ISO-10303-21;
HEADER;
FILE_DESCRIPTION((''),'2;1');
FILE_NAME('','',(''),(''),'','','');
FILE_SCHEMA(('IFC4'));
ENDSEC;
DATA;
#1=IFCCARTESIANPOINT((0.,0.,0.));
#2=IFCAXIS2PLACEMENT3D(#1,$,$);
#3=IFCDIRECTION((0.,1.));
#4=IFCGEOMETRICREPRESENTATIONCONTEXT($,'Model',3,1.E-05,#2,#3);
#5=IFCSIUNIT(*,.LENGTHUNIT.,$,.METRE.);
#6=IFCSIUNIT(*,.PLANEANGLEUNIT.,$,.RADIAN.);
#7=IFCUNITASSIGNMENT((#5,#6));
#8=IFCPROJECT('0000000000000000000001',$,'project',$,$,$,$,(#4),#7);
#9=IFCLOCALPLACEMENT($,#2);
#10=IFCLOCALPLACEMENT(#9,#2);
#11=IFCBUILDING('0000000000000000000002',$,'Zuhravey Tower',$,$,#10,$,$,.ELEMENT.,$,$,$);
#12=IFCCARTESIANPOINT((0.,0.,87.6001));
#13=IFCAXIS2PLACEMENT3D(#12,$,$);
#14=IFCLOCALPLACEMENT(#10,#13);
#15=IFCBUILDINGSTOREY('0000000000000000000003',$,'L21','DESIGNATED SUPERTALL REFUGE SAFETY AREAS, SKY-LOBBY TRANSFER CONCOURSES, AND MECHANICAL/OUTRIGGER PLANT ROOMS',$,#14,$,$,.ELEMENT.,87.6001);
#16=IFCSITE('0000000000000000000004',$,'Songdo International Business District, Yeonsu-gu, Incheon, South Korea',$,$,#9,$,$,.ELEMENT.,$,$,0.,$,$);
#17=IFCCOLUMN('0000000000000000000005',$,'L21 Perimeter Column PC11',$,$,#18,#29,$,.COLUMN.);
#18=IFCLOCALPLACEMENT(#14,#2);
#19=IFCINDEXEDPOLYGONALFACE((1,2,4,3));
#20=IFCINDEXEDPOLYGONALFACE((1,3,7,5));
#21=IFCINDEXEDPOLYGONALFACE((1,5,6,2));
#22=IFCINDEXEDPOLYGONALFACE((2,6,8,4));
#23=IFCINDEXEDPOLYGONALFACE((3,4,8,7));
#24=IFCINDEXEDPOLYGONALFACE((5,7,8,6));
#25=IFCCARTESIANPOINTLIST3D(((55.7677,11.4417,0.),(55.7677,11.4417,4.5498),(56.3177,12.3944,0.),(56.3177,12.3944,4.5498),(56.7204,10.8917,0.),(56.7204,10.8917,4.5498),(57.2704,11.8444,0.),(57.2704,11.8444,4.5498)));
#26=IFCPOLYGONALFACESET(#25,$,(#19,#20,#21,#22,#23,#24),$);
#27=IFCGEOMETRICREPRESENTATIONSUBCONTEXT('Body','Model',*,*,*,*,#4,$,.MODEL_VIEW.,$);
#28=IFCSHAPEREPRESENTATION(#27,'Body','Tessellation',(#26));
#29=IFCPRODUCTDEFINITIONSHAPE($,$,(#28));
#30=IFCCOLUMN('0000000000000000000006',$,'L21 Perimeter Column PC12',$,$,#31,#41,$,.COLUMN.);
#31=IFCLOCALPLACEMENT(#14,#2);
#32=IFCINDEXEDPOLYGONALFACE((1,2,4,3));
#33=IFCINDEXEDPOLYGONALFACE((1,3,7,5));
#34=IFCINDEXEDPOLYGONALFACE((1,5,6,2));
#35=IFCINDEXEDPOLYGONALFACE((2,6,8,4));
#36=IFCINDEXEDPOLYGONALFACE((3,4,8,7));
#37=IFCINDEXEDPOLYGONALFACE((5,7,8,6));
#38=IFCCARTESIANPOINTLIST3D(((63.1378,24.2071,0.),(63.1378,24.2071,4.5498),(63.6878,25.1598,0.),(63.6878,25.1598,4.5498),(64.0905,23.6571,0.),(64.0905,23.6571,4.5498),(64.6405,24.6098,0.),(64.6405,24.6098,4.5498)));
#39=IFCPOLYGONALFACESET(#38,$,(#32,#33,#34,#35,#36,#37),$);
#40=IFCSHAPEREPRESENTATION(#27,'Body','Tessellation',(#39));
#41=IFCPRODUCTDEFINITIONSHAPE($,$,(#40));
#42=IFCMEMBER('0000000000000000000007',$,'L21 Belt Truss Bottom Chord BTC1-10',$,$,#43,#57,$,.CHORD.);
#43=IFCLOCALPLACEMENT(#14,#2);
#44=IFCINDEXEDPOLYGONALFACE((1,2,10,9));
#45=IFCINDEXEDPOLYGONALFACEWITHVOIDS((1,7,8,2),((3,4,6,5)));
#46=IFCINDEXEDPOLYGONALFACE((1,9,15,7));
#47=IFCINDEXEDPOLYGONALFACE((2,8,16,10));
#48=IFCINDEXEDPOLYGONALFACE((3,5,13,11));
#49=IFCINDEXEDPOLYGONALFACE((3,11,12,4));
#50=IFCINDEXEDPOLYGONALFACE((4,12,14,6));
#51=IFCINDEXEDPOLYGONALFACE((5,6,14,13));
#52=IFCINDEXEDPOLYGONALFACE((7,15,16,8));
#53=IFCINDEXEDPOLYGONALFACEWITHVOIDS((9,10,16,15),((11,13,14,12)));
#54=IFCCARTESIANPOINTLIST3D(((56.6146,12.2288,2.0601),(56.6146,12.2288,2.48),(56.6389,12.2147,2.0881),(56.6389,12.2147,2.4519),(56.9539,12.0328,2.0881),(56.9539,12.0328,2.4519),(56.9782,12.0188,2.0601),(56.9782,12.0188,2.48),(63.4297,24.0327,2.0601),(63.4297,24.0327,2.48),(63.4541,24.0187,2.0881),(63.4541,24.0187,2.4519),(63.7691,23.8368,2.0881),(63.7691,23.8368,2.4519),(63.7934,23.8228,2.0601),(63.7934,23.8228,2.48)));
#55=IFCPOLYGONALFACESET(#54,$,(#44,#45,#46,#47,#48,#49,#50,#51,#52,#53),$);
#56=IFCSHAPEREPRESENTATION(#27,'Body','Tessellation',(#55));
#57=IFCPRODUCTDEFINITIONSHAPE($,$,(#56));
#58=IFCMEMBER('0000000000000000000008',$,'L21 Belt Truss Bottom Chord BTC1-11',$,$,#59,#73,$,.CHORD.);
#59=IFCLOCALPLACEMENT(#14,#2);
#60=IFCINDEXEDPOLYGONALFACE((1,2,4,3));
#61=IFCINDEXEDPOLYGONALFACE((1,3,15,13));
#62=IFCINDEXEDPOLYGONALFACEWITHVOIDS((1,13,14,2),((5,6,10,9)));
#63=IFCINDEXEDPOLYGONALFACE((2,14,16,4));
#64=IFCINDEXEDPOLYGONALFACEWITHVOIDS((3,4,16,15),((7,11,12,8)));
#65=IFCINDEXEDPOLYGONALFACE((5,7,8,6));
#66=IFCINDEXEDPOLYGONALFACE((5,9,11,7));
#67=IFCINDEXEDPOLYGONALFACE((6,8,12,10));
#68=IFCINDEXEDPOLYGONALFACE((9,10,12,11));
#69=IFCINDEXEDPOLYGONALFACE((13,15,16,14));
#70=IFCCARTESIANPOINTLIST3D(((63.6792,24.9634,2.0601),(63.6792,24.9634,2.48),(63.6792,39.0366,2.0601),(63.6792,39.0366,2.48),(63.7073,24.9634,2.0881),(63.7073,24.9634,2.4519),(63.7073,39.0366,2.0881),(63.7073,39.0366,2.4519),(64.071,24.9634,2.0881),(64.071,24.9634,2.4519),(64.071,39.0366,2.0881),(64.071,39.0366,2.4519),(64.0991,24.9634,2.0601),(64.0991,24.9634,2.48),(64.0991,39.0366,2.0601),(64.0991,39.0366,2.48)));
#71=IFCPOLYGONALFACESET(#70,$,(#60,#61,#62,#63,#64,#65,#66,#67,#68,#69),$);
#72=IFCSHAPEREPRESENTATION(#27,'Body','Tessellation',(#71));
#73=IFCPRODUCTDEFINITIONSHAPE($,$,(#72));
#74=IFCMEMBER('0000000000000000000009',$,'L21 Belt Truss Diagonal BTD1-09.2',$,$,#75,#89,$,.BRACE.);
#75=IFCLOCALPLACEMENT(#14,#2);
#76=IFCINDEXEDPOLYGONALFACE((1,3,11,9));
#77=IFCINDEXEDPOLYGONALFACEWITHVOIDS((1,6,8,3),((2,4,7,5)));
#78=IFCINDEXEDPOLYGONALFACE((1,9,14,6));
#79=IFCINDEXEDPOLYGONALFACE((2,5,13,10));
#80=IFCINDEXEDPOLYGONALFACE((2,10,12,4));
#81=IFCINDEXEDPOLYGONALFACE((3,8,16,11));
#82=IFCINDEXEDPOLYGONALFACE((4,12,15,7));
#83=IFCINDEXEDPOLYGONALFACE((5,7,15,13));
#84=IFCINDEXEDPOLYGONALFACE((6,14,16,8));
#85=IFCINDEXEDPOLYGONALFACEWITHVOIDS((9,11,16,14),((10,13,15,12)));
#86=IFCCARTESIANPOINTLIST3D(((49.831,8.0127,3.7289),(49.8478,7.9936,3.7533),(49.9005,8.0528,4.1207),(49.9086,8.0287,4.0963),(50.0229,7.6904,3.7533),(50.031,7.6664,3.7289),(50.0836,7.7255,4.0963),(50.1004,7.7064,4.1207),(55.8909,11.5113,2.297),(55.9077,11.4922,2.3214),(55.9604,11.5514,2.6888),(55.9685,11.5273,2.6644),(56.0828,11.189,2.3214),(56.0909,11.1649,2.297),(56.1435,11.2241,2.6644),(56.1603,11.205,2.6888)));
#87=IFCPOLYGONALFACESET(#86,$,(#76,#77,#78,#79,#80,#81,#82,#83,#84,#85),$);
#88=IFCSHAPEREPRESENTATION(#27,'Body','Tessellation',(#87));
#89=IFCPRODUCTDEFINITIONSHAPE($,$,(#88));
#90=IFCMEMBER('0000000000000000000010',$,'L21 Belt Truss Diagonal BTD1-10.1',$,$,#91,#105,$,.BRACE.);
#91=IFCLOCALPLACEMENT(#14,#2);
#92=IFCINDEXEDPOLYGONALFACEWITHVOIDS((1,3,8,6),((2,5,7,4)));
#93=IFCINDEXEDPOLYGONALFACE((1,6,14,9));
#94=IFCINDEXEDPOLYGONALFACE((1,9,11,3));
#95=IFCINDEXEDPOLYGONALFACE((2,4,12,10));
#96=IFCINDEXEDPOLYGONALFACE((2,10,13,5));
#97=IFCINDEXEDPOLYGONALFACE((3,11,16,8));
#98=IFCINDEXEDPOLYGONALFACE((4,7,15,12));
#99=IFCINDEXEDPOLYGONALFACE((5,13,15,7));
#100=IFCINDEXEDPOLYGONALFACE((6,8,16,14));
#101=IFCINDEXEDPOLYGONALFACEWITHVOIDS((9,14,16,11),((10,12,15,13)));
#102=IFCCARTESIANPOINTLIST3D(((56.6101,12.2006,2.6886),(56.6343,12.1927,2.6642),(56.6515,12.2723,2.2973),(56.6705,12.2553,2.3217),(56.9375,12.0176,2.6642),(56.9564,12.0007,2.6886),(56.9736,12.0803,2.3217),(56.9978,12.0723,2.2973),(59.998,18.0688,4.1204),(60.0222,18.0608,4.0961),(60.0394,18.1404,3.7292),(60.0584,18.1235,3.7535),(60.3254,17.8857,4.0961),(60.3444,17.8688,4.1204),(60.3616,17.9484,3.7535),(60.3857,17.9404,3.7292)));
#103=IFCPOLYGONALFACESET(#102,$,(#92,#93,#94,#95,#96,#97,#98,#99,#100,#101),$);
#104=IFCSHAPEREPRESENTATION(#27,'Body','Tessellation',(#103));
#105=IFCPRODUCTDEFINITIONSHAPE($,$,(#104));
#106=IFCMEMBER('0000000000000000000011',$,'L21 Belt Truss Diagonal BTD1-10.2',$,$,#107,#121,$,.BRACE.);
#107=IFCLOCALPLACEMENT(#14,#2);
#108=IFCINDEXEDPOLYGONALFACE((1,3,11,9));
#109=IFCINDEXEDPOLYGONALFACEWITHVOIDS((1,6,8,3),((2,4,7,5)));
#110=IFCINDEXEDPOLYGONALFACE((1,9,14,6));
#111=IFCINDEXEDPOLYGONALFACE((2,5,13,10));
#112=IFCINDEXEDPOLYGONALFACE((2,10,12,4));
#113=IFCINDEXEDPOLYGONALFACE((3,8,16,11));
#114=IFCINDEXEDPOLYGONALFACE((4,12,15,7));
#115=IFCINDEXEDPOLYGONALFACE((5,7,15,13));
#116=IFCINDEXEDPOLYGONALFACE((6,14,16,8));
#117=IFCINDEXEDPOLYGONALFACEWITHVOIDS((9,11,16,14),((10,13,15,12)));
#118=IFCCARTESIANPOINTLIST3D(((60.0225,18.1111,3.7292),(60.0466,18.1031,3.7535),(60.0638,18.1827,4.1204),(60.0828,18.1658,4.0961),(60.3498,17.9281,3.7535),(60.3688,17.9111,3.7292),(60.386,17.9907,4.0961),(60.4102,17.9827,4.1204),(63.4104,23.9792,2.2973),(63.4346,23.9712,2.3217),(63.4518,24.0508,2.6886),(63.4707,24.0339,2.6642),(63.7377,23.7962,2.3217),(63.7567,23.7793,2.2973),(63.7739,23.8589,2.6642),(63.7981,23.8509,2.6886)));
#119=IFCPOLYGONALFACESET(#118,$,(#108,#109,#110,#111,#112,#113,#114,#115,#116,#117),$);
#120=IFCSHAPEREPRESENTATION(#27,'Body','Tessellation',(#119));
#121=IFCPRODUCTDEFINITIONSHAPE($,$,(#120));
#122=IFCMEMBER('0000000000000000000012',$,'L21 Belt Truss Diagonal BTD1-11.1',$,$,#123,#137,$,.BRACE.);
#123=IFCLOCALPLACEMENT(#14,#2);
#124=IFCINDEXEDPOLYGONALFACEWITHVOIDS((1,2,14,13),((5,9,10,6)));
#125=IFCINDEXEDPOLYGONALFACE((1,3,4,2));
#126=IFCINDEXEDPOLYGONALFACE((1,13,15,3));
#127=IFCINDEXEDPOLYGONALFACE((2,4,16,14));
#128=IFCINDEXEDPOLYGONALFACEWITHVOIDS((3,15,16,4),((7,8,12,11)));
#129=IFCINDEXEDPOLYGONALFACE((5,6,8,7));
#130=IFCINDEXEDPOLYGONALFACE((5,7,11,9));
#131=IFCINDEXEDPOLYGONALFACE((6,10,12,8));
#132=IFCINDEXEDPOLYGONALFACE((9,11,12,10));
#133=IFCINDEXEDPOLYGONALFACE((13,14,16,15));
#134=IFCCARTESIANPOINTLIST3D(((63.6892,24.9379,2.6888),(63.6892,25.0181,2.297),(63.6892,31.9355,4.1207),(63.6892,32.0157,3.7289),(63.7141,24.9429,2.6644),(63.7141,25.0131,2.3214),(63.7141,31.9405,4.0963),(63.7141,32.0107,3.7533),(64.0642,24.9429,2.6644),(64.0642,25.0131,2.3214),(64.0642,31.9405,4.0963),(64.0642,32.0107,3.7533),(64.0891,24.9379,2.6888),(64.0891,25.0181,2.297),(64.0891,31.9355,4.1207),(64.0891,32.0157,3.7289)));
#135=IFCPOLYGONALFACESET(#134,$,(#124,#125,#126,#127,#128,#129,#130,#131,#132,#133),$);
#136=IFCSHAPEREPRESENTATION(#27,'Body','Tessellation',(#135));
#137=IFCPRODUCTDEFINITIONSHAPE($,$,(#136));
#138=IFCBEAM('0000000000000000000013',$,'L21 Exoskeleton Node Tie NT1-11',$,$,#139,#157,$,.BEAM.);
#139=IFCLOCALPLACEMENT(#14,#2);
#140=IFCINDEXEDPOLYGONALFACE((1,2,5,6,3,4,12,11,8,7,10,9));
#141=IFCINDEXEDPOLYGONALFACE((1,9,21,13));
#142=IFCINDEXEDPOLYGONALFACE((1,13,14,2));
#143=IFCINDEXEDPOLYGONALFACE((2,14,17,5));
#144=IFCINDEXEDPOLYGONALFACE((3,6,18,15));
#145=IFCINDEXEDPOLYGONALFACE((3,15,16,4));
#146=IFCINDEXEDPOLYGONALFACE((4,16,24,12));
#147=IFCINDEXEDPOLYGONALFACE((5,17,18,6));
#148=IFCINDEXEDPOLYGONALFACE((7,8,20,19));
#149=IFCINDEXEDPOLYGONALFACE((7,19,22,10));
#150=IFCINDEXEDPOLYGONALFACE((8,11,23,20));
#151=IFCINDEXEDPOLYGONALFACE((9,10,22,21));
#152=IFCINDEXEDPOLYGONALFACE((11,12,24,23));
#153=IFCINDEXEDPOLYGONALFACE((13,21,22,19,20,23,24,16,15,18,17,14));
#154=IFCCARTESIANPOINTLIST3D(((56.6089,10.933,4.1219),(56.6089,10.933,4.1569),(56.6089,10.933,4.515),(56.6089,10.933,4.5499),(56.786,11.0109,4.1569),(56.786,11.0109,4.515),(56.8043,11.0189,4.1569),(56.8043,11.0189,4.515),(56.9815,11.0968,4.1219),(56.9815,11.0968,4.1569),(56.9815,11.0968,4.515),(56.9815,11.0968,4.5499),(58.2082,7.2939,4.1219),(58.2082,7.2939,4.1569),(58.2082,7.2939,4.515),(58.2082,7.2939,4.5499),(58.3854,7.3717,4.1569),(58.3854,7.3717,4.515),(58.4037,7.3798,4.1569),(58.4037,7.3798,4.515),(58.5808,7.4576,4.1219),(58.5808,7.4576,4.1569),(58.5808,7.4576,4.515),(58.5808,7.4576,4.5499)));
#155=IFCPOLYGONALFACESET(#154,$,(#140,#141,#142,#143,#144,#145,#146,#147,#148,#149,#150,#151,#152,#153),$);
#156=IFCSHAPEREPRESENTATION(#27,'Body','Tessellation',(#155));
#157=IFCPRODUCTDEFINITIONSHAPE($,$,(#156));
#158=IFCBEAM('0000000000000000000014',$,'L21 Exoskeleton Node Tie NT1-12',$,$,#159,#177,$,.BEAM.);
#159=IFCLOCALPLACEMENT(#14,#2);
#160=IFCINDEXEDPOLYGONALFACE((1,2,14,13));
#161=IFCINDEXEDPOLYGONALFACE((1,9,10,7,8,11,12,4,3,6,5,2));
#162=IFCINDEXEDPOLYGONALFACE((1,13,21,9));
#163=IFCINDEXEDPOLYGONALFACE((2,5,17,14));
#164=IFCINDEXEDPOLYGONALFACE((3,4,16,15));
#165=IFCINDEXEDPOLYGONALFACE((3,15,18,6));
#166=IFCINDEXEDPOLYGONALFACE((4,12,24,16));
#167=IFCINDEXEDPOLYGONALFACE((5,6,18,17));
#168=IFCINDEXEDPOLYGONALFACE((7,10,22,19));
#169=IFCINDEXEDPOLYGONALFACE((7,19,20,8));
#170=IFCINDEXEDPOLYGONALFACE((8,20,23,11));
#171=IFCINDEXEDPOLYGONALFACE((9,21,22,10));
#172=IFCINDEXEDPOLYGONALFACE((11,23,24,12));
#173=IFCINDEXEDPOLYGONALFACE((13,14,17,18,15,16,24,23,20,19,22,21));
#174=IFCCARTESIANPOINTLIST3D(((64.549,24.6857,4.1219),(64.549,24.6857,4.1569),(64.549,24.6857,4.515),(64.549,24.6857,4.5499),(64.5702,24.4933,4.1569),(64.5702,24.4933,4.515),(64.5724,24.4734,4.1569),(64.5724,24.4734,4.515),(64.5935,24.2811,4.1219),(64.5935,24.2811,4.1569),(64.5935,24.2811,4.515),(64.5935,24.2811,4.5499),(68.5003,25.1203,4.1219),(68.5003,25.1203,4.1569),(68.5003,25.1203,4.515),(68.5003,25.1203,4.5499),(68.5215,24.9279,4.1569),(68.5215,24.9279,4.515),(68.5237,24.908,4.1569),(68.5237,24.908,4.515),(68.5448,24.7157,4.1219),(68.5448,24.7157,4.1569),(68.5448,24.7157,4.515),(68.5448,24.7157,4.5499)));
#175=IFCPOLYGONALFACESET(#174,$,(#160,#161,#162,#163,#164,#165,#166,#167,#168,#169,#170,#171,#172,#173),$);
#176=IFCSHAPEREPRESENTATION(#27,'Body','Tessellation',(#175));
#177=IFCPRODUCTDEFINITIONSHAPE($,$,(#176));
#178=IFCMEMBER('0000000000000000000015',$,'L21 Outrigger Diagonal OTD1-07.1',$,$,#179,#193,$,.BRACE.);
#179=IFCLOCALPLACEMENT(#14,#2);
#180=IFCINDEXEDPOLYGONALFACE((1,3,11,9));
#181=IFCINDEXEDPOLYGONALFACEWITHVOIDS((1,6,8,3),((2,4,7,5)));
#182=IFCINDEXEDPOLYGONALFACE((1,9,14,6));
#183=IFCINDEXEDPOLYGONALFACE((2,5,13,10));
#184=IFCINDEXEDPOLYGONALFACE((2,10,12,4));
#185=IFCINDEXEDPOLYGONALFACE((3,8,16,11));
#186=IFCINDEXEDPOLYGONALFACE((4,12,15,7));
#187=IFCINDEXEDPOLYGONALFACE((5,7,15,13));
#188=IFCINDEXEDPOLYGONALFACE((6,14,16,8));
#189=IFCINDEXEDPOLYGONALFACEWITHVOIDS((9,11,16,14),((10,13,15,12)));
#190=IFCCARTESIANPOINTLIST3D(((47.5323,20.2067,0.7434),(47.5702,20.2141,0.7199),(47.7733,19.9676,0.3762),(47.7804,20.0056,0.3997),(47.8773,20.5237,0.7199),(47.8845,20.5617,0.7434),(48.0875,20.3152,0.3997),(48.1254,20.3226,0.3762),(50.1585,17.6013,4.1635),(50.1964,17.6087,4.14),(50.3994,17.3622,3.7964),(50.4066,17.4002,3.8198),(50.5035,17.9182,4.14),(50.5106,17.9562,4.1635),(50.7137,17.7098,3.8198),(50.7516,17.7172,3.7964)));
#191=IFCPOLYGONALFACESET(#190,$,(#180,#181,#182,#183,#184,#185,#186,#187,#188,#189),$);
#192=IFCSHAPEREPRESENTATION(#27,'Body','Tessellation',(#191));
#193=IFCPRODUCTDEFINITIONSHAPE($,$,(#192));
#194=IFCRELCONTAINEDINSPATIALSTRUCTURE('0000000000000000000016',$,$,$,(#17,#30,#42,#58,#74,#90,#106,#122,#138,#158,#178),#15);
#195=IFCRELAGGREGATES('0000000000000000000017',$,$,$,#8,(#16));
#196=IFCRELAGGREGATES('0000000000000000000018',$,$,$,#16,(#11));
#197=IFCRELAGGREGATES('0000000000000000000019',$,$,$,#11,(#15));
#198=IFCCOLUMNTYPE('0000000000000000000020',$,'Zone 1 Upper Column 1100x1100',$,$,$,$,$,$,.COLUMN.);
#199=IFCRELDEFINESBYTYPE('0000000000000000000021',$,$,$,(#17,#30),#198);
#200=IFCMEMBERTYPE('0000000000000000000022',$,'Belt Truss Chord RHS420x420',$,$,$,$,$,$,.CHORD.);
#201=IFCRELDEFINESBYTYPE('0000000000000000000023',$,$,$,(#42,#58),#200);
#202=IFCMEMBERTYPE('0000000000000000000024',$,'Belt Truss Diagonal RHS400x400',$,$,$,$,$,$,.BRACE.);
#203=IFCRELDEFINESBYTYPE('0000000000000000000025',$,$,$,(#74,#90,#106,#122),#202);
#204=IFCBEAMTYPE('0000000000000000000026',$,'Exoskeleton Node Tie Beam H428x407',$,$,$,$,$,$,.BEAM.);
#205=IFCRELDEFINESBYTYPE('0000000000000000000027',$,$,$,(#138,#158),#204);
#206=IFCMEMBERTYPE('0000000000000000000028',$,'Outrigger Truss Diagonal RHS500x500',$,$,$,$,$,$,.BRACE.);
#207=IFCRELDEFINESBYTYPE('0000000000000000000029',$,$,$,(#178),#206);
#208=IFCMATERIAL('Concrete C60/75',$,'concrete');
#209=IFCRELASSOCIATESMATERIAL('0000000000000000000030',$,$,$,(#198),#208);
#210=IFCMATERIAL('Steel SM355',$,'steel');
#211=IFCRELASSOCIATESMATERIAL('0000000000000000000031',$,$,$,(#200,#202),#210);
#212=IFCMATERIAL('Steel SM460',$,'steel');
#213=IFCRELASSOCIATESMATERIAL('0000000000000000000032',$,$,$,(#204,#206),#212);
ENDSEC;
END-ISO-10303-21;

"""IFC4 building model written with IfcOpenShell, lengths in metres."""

from ifc_helpers import new_model, si_unit, direction, frame, origin, origin_2d, place, context, subcontext, project, spatial, rectangle, hollow_rectangle, i_section, extrude, material, material_profile, profile_set, type_object, element, save


model = new_model("IFC4")

# Units and contexts
model_context = context("Model", 3, precision=1e-05, world=origin(), true_north=direction((0.0, 1.0)))
body_context = subcontext(model_context, "Body", "Model", "MODEL_VIEW")
ifc_project = project(units=[si_unit("LENGTHUNIT", "METRE"), si_unit("PLANEANGLEUNIT", "RADIAN")], contexts=[model_context])

# Site, building, storey
site_placement = place(None, origin())
site = spatial("IfcSite", under=ifc_project, at=site_placement, Name="Songdo International Business District, Yeonsu-gu, Incheon, South Korea", CompositionType="ELEMENT", RefElevation=0.0)
building_placement = place(site_placement, origin())
building = spatial("IfcBuilding", under=site, at=building_placement, Name="Zuhravey Tower", CompositionType="ELEMENT")
storey_placement = place(building_placement, frame((0.0, 0.0, 87.6001)))
storey = spatial("IfcBuildingStorey", under=building, at=storey_placement, Name="L21", Description="DESIGNATED SUPERTALL REFUGE SAFETY AREAS, SKY-LOBBY TRANSFER CONCOURSES, AND MECHANICAL/OUTRIGGER PLANT ROOMS", CompositionType="ELEMENT", Elevation=87.6001)

# Columns
ifc_material_1 = material(Name="Concrete C60/75", Category="concrete")
ifc_material_profile_1 = material_profile(ifc_material_1, rectangle(XDim=1.1001, YDim=1.1001, at=origin_2d()), Name="RC-1100x1100")
ifc_profile_set_1 = profile_set([ifc_material_profile_1], Name="Concrete C60/75")
column_type = type_object("IfcColumnType", Name="Zone 1 Upper Column 1100x1100", PredefinedType="COLUMN", material=ifc_profile_set_1)
for number, where, z_axis, x_axis, name in (
    (1, (56.519, 11.6431, 0.0), (0.0, 0.0, 1.0), (0.5, 0.866025, 0.0), "L21 Perimeter Column PC11"),
    (2, (63.8892, 24.4084, 0.0), (0.0, 0.0, 1.0), (0.5, 0.866025, 0.0), "L21 Perimeter Column PC12"),
):
    element("IfcColumn", number, at=place(storey_placement, frame(where, z_axis=z_axis, x_axis=x_axis)), inside=storey, type_object=column_type, Name=name, PredefinedType="COLUMN", context=body_context, shape_type="SweptSolid", body=[
        extrude(rectangle(XDim=1.1001, YDim=1.1001, at=origin_2d()), origin(), (0.0, 0.0, 1.0), 4.5498),
    ])

# Members
ifc_material_2 = material(Name="Steel SM355", Category="steel")
ifc_material_profile_2 = material_profile(ifc_material_2, hollow_rectangle(XDim=0.4199, YDim=0.4199, WallThickness=0.0281, at=origin_2d()), Name="RHS-420x420x28")
ifc_profile_set_2 = profile_set([ifc_material_profile_2], Name="Steel SM355")
member_type_1 = type_object("IfcMemberType", Name="Belt Truss Chord RHS420x420", PredefinedType="CHORD", material=ifc_profile_set_2)
member_1_placement = place(storey_placement, frame((56.7964, 12.1238, 2.27), z_axis=(0.500009, 0.86602, 0.0), x_axis=(-0.86602, 0.500009, 0.0)))
element("IfcMember", 3, at=member_1_placement, inside=storey, type_object=member_type_1, Name="L21 Belt Truss Bottom Chord BTC1-10", PredefinedType="CHORD", context=body_context, shape_type="SweptSolid", body=[
    extrude(hollow_rectangle(XDim=0.4199, YDim=0.4199, WallThickness=0.0281, at=origin_2d()), origin(), (0.0, 0.0, 1.0), 13.6301),
])
member_2_placement = place(storey_placement, frame((63.8892, 24.9634, 2.27), z_axis=(0.0, 1.0, 0.0), x_axis=(-1.0, 0.0, 0.0)))
element("IfcMember", 4, at=member_2_placement, inside=storey, type_object=member_type_1, Name="L21 Belt Truss Bottom Chord BTC1-11", PredefinedType="CHORD", context=body_context, shape_type="SweptSolid", body=[
    extrude(hollow_rectangle(XDim=0.4199, YDim=0.4199, WallThickness=0.0281, at=origin_2d()), origin(), (0.0, 0.0, 1.0), 14.0732),
])
ifc_material_profile_3 = material_profile(ifc_material_2, hollow_rectangle(XDim=0.3999, YDim=0.3999, WallThickness=0.0249, at=origin_2d()), Name="RHS-400x400x25")
ifc_profile_set_3 = profile_set([ifc_material_profile_3], Name="Steel SM355")
member_type_2 = type_object("IfcMemberType", Name="Belt Truss Diagonal RHS400x400", PredefinedType="BRACE", material=ifc_profile_set_3)
member_3_placement = place(storey_placement, frame((56.0256, 11.3582, 2.4929), z_axis=(-0.848449, -0.489838, 0.200482), x_axis=(0.499989, -0.866032, 0.0)))
element("IfcMember", 5, at=member_3_placement, inside=storey, type_object=member_type_2, Name="L21 Belt Truss Diagonal BTD1-09.2", PredefinedType="BRACE", context=body_context, shape_type="SweptSolid", body=[
    extrude(hollow_rectangle(XDim=0.3999, YDim=0.3999, WallThickness=0.0249, at=origin_2d()), origin(), (0.0, 0.0, 1.0), 7.1423),
])
for number, where, z_axis, x_axis, name in (
    (6, (56.804, 12.1365, 2.4929), (0.489192, 0.847316, 0.206753), (-0.866028, 0.499995, 0.0), "L21 Belt Truss Diagonal BTD1-10.1"),
    (7, (63.6042, 23.915, 2.4929), (-0.489192, -0.847316, 0.206753), (0.866028, -0.499995, 0.0), "L21 Belt Truss Diagonal BTD1-10.2"),
):
    element("IfcMember", number, at=place(storey_placement, frame(where, z_axis=z_axis, x_axis=x_axis)), inside=storey, type_object=member_type_2, Name=name, PredefinedType="BRACE", context=body_context, shape_type="SweptSolid", body=[
        extrude(hollow_rectangle(XDim=0.3999, YDim=0.3999, WallThickness=0.0249, at=origin_2d()), origin(), (0.0, 0.0, 1.0), 6.9255),
    ])
member_4_placement = place(storey_placement, frame((63.8892, 24.978, 2.4929), z_axis=(0.0, 0.979699, 0.200472), x_axis=(-1.0, 0.0, 0.0)))
element("IfcMember", 8, at=member_4_placement, inside=storey, type_object=member_type_2, Name="L21 Belt Truss Diagonal BTD1-11.1", PredefinedType="BRACE", context=body_context, shape_type="SweptSolid", body=[
    extrude(hollow_rectangle(XDim=0.3999, YDim=0.3999, WallThickness=0.0249, at=origin_2d()), origin(), (0.0, 0.0, 1.0), 7.1426),
])

# Beams
ifc_material_3 = material(Name="Steel SM460", Category="steel")
ifc_material_profile_4 = material_profile(ifc_material_3, i_section(OverallWidth=0.407, OverallDepth=0.428, WebThickness=0.02, FlangeThickness=0.0349, at=origin_2d()), Name="H-428x407x20x35")
ifc_profile_set_4 = profile_set([ifc_material_profile_4], Name="Steel SM460")
beam_type_1 = type_object("IfcBeamType", Name="Exoskeleton Node Tie Beam H428x407", PredefinedType="BEAM", material=ifc_profile_set_4)
for number, where, z_axis, x_axis, name in (
    (9, (56.7952, 11.0149, 4.3359), (0.402345, -0.915488, 0.0), (0.915488, 0.402345, 0.0), "L21 Exoskeleton Node Tie NT1-11"),
    (10, (64.5713, 24.4834, 4.3359), (0.994006, 0.109326, 0.0), (-0.109326, 0.994006, 0.0), "L21 Exoskeleton Node Tie NT1-12"),
):
    element("IfcBeam", number, at=place(storey_placement, frame(where, z_axis=z_axis, x_axis=x_axis)), inside=storey, type_object=beam_type_1, Name=name, PredefinedType="BEAM", context=body_context, shape_type="SweptSolid", body=[
        extrude(i_section(OverallWidth=0.407, OverallDepth=0.428, WebThickness=0.02, FlangeThickness=0.0349, at=origin_2d()), origin(), (0.0, 0.0, 1.0), 3.9751),
    ])

# Member
ifc_material_profile_5 = material_profile(ifc_material_3, hollow_rectangle(XDim=0.5, YDim=0.5, WallThickness=0.032, at=origin_2d()), Name="RHS-500x500x32")
ifc_profile_set_5 = profile_set([ifc_material_profile_5], Name="Steel SM460")
member_type_3 = type_object("IfcMemberType", Name="Outrigger Truss Diagonal RHS500x500", PredefinedType="BRACE", material=ifc_profile_set_5)
for number, where, z_axis, x_axis, name in (
    (11, (47.8289, 20.2646, 0.5598), (0.521266, -0.517147, 0.678852), (0.704296, 0.709906, 0.0), "L21 Outrigger Diagonal OTD1-07.1"),
):
    element("IfcMember", number, at=place(storey_placement, frame(where, z_axis=z_axis, x_axis=x_axis)), inside=storey, type_object=member_type_3, Name=name, PredefinedType="BRACE", context=body_context, shape_type="SweptSolid", body=[
        extrude(hollow_rectangle(XDim=0.5, YDim=0.5, WallThickness=0.032, at=origin_2d()), origin(), (0.0, 0.0, 1.0), 5.0381),
    ])

save(model, "model.ifc")
